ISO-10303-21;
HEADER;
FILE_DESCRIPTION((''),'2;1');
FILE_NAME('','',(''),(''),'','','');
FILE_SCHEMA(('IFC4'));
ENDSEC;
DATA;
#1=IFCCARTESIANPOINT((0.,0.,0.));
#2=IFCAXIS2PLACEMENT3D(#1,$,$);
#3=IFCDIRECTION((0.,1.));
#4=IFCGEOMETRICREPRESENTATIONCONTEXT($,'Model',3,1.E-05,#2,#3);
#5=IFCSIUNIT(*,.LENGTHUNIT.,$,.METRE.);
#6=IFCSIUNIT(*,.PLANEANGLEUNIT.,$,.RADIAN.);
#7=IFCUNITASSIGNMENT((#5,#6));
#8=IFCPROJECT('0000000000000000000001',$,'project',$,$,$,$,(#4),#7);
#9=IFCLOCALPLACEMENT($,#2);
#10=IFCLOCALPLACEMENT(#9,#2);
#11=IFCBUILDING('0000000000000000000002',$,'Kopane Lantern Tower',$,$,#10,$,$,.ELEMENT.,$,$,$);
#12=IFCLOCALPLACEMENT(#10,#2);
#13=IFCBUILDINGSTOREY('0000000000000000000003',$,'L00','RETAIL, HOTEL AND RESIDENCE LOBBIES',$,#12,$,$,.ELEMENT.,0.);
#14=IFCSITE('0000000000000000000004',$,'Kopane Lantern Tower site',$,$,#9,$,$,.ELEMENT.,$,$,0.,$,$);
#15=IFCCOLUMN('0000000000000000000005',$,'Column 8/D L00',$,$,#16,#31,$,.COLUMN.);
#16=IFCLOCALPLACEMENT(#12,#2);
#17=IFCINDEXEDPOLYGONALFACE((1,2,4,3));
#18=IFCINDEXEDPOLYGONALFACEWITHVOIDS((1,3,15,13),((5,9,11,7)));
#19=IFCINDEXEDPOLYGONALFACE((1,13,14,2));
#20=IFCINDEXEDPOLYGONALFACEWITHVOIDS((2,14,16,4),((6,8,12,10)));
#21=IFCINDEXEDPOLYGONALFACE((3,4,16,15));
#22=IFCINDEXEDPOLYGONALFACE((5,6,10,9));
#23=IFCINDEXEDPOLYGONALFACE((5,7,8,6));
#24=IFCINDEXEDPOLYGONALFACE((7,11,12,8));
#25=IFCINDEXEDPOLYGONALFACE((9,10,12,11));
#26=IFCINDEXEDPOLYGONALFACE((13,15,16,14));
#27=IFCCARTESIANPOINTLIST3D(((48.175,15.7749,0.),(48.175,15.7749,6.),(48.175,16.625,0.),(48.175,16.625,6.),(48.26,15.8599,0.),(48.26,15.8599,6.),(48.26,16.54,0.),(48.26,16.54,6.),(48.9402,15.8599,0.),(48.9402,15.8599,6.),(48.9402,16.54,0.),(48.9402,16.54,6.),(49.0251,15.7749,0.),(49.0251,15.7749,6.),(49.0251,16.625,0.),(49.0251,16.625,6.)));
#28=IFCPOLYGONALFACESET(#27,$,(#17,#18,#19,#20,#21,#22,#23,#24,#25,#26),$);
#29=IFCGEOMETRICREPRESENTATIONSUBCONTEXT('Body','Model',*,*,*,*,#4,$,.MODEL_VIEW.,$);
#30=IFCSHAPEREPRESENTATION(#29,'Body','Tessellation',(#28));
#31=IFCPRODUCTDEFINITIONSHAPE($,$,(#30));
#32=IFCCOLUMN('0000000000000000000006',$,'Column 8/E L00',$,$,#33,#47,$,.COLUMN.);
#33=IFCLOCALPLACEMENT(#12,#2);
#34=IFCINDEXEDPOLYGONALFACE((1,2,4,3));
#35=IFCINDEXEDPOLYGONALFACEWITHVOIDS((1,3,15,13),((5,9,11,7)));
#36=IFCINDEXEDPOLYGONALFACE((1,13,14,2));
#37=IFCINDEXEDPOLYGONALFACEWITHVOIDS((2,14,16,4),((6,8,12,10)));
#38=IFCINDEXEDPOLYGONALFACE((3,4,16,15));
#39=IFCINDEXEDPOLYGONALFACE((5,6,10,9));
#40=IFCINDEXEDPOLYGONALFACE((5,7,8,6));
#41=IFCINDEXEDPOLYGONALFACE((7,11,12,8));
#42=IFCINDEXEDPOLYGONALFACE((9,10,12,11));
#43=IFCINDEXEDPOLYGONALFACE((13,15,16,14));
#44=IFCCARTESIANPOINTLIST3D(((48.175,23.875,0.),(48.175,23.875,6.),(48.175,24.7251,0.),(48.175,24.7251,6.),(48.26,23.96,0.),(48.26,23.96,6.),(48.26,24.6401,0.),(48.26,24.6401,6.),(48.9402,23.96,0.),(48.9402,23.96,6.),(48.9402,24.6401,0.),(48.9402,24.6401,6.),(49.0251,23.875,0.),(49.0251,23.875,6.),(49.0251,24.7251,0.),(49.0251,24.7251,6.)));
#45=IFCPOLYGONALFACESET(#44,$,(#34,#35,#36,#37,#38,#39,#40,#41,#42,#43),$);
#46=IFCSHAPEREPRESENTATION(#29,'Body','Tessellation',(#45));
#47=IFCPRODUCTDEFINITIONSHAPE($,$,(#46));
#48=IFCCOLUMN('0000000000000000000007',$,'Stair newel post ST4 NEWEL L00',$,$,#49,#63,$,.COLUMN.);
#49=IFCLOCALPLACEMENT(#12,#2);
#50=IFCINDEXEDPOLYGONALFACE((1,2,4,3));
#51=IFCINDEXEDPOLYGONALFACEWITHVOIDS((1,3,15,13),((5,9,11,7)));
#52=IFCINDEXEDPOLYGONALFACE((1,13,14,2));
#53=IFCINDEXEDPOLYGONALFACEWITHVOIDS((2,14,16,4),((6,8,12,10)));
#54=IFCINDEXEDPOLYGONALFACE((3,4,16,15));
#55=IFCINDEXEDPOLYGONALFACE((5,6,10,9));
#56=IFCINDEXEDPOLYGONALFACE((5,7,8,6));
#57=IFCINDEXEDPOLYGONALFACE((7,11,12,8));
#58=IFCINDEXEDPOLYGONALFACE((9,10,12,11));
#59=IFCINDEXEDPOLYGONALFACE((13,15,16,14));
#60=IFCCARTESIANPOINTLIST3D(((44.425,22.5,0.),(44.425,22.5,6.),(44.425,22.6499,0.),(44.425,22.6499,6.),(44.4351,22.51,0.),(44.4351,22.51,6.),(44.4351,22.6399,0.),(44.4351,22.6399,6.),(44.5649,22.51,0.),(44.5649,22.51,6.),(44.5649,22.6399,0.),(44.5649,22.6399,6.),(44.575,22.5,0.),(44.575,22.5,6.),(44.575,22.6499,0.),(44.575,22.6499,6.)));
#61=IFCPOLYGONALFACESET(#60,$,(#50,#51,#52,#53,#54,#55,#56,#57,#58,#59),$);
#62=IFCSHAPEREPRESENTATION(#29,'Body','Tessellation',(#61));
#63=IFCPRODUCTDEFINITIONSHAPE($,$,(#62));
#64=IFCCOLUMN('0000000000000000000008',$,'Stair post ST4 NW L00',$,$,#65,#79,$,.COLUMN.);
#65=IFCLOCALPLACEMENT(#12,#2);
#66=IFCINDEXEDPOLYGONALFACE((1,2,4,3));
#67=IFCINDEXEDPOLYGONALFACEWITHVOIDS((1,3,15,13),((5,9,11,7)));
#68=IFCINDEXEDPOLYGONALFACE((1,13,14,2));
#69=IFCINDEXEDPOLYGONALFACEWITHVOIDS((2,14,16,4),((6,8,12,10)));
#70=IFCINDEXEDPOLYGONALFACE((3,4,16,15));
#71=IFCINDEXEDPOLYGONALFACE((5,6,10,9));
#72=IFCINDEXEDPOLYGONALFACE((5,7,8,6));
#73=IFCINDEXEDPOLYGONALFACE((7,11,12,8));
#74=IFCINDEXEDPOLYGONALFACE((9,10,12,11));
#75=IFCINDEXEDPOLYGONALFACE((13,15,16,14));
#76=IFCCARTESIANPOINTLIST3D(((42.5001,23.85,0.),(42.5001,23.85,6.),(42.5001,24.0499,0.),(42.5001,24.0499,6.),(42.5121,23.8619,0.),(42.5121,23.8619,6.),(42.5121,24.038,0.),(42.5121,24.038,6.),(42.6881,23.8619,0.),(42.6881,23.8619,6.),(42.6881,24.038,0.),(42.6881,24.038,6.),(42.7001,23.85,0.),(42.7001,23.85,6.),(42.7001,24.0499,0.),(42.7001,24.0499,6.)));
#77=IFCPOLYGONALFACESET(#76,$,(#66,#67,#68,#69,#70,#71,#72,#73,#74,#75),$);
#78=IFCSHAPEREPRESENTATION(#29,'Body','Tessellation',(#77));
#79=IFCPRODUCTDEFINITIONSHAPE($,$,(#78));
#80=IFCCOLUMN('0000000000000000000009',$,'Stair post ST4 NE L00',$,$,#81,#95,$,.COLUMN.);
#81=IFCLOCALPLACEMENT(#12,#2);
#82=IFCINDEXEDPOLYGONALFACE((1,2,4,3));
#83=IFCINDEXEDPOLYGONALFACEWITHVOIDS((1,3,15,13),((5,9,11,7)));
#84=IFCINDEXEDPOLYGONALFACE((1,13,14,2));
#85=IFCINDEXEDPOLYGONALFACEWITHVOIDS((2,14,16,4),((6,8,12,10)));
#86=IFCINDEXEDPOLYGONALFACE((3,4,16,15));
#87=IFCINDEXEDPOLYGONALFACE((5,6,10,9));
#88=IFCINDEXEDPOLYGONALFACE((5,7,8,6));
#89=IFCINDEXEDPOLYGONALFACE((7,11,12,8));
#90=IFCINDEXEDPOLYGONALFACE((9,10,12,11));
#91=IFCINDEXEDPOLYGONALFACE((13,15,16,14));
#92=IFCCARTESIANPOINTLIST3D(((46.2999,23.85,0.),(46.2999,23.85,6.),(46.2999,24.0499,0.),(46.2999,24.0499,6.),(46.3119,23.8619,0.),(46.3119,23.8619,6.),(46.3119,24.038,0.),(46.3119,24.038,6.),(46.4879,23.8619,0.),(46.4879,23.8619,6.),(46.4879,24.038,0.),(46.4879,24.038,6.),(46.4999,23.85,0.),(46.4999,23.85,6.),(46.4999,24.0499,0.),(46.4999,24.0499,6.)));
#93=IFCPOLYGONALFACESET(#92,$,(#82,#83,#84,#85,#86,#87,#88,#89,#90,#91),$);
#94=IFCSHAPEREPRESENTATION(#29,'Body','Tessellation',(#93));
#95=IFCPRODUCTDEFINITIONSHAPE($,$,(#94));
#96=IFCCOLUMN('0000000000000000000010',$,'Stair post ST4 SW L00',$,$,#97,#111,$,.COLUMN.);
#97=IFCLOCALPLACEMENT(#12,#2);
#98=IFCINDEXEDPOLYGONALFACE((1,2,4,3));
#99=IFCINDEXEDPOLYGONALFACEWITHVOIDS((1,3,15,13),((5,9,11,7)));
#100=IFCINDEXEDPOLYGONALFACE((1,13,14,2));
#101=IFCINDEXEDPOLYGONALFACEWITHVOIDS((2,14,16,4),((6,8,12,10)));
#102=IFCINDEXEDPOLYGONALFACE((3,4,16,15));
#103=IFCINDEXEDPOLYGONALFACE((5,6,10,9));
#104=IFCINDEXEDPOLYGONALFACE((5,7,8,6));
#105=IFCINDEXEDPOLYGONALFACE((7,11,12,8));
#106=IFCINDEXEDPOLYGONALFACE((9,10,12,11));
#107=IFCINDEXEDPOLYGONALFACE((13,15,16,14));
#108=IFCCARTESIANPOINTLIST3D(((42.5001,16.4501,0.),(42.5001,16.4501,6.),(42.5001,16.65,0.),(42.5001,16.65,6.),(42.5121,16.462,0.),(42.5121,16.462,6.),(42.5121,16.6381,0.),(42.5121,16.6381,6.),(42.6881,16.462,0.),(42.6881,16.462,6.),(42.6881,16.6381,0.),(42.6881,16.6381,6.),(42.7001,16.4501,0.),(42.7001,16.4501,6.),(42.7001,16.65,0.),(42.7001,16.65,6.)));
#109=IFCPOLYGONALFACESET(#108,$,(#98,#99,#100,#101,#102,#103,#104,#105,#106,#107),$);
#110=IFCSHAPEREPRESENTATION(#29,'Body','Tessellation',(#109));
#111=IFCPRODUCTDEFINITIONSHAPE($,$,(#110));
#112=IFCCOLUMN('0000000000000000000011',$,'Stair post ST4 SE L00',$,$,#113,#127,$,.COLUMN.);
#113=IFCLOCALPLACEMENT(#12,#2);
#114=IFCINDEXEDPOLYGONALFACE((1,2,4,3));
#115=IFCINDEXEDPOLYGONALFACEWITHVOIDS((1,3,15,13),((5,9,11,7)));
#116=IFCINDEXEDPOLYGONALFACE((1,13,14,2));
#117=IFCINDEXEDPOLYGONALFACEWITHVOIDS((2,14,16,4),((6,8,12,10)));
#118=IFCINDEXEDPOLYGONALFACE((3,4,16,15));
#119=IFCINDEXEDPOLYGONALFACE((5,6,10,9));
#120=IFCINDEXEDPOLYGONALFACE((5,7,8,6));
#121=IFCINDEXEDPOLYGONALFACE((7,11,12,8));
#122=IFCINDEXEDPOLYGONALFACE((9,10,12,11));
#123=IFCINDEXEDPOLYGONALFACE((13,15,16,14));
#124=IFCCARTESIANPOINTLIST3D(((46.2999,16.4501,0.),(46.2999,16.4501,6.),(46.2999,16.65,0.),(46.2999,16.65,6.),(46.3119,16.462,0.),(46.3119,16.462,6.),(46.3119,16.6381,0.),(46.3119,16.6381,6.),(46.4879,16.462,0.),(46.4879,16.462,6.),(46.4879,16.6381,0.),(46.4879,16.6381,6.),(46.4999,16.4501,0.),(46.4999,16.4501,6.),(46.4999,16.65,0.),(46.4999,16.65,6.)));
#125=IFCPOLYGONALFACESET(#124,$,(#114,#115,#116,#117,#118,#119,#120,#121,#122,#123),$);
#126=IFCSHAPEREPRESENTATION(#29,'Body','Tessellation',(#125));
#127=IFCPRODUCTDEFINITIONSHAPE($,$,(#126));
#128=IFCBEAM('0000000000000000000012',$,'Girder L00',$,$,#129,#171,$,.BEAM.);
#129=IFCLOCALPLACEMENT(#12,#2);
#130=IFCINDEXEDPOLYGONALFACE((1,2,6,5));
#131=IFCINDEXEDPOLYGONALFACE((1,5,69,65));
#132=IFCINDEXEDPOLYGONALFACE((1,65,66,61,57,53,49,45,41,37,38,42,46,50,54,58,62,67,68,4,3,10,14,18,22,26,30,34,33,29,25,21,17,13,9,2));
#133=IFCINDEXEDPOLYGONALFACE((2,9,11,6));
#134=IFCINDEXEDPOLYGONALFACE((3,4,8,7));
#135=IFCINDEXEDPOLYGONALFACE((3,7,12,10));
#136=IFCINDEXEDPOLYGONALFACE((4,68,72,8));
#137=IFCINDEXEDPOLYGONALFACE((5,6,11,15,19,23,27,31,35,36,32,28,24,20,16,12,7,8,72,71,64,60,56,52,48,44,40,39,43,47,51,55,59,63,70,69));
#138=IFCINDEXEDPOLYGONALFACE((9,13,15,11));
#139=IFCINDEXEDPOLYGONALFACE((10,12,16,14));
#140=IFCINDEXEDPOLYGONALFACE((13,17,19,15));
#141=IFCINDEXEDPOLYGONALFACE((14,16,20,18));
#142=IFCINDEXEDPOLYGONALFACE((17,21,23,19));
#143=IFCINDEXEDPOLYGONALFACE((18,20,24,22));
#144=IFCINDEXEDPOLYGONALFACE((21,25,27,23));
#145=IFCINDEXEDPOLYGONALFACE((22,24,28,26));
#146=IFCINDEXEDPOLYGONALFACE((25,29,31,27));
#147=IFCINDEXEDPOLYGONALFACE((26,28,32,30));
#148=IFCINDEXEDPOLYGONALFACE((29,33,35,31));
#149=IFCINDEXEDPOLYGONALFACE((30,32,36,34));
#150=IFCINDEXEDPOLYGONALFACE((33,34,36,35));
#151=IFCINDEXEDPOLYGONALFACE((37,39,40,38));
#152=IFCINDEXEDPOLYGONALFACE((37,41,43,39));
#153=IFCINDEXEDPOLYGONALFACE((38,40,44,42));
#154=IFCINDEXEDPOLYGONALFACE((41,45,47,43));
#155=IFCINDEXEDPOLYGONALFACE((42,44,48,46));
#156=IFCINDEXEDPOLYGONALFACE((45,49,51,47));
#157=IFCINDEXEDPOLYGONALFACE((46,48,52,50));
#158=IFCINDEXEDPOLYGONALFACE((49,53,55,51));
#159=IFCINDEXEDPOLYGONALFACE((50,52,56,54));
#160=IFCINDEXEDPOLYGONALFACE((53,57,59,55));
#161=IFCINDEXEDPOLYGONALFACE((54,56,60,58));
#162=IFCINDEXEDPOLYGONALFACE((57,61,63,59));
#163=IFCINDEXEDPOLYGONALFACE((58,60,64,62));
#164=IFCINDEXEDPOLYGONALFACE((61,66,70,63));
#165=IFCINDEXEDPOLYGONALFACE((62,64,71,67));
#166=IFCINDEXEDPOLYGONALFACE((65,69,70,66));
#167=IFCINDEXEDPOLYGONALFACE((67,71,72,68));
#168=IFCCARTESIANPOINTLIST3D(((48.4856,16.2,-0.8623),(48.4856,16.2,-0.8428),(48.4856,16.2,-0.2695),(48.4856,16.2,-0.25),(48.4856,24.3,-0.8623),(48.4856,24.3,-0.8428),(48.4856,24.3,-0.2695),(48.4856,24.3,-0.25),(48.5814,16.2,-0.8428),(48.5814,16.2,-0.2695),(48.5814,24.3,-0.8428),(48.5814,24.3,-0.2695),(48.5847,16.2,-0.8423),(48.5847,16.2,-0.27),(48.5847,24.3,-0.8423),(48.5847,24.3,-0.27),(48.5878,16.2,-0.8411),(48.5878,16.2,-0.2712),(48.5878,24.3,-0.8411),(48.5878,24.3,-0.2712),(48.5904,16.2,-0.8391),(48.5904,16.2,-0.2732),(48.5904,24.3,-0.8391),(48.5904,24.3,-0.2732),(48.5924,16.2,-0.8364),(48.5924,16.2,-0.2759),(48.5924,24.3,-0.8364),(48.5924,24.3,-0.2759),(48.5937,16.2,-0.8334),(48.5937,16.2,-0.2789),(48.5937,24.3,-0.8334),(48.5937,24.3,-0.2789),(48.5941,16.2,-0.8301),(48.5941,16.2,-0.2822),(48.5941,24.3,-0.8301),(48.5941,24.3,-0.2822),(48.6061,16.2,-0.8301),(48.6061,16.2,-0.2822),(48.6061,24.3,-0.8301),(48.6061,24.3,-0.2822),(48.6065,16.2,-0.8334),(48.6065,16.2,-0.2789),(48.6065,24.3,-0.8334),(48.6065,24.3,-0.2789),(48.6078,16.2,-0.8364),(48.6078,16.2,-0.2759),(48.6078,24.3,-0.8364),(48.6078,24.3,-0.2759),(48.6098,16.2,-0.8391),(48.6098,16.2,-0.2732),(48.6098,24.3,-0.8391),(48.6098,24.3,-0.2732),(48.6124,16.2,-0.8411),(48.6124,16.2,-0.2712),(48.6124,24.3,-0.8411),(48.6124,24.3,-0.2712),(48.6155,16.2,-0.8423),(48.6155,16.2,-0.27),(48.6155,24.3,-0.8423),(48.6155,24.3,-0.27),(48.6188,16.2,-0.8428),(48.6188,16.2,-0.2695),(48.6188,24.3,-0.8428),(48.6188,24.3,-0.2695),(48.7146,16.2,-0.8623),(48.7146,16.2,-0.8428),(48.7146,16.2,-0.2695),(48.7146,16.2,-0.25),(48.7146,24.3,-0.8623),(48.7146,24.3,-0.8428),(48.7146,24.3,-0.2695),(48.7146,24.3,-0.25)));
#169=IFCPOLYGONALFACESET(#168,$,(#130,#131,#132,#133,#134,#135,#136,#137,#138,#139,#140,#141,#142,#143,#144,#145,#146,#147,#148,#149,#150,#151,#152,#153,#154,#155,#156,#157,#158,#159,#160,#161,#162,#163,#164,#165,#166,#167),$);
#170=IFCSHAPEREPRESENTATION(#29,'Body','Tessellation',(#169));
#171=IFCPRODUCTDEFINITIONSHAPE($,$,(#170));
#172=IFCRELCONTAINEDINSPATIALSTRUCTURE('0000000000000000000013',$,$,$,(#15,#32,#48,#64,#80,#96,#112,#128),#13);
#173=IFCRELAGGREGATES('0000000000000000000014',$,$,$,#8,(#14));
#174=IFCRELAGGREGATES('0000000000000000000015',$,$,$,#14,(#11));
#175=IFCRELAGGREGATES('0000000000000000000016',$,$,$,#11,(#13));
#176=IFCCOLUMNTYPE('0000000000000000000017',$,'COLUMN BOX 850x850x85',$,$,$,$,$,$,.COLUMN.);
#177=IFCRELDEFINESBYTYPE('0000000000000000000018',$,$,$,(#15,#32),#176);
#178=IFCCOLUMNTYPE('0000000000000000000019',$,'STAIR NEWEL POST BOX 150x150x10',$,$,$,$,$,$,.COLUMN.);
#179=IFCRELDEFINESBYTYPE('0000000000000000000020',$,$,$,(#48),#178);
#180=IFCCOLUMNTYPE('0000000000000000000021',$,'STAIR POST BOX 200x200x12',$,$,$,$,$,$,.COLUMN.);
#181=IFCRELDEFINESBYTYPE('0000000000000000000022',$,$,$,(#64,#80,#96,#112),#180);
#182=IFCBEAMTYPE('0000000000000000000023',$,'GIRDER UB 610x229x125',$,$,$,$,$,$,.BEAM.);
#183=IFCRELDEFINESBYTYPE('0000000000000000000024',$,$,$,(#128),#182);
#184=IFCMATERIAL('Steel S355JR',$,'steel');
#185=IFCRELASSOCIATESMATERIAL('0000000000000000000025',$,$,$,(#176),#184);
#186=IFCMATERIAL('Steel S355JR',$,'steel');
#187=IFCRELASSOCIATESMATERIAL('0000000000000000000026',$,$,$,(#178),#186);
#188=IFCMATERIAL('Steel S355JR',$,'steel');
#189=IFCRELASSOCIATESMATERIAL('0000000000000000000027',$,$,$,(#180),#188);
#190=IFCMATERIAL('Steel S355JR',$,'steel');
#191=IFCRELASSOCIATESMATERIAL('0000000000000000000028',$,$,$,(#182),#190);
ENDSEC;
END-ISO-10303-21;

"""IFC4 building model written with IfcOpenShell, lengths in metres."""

from ifc_helpers import new_model, si_unit, direction, frame, origin, origin_2d, place, context, subcontext, project, spatial, hollow_rectangle, i_section, extrude, material, material_profile, profile_set, type_object, element, save


model = new_model("IFC4")

# Units and contexts
model_context = context("Model", 3, precision=1e-05, world=origin(), true_north=direction((0.0, 1.0)))
body_context = subcontext(model_context, "Body", "Model", "MODEL_VIEW")
ifc_project = project(units=[si_unit("LENGTHUNIT", "METRE"), si_unit("PLANEANGLEUNIT", "RADIAN")], contexts=[model_context])

# Site, building, storey
site_placement = place(None, origin())
site = spatial("IfcSite", under=ifc_project, at=site_placement, Name="Kopane Lantern Tower site", CompositionType="ELEMENT", RefElevation=0.0)
building_placement = place(site_placement, origin())
building = spatial("IfcBuilding", under=site, at=building_placement, Name="Kopane Lantern Tower", CompositionType="ELEMENT")
storey_placement = place(building_placement, origin())
storey = spatial("IfcBuildingStorey", under=building, at=storey_placement, Name="L00", Description="RETAIL, HOTEL AND RESIDENCE LOBBIES", CompositionType="ELEMENT", Elevation=0.0)

# Columns
ifc_material_1 = material(Name="Steel S355JR", Category="steel")
ifc_material_profile_1 = material_profile(ifc_material_1, hollow_rectangle(XDim=0.8501, YDim=0.8501, WallThickness=0.085, at=origin_2d()), Name="BOX 850x850x85")
ifc_profile_set_1 = profile_set([ifc_material_profile_1], Name="Steel S355JR")
column_type_1 = type_object("IfcColumnType", Name="COLUMN BOX 850x850x85", PredefinedType="COLUMN", material=ifc_profile_set_1)
for number, where, z_axis, x_axis, name in (
    (1, (48.6001, 16.2, 0.0), (0.0, 0.0, 1.0), (1.0, 0.0, 0.0), "Column 8/D L00"),
    (2, (48.6001, 24.3, 0.0), (0.0, 0.0, 1.0), (1.0, 0.0, 0.0), "Column 8/E L00"),
):
    element("IfcColumn", number, at=place(storey_placement, frame(where, z_axis=z_axis, x_axis=x_axis)), inside=storey, type_object=column_type_1, Name=name, PredefinedType="COLUMN", context=body_context, shape_type="SweptSolid", body=[
        extrude(hollow_rectangle(XDim=0.8501, YDim=0.8501, WallThickness=0.085, at=origin_2d()), origin(), (0.0, 0.0, 1.0), 6.0),
    ])
ifc_material_2 = material(Name="Steel S355JR", Category="steel")
ifc_material_profile_2 = material_profile(ifc_material_2, hollow_rectangle(XDim=0.1499, YDim=0.1499, WallThickness=0.01, at=origin_2d()), Name="BOX 150x150x10")
ifc_profile_set_2 = profile_set([ifc_material_profile_2], Name="Steel S355JR")
column_type_2 = type_object("IfcColumnType", Name="STAIR NEWEL POST BOX 150x150x10", PredefinedType="COLUMN", material=ifc_profile_set_2)
column_placement = place(storey_placement, frame((44.5, 22.575, 0.0), z_axis=(0.0, 0.0, 1.0), x_axis=(1.0, 0.0, 0.0)))
element("IfcColumn", 3, at=column_placement, inside=storey, type_object=column_type_2, Name="Stair newel post ST4 NEWEL L00", PredefinedType="COLUMN", context=body_context, shape_type="SweptSolid", body=[
    extrude(hollow_rectangle(XDim=0.1499, YDim=0.1499, WallThickness=0.01, at=origin_2d()), origin(), (0.0, 0.0, 1.0), 6.0),
])
ifc_material_3 = material(Name="Steel S355JR", Category="steel")
ifc_material_profile_3 = material_profile(ifc_material_3, hollow_rectangle(XDim=0.2, YDim=0.2, WallThickness=0.012, at=origin_2d()), Name="BOX 200x200x12")
ifc_profile_set_3 = profile_set([ifc_material_profile_3], Name="Steel S355JR")
column_type_3 = type_object("IfcColumnType", Name="STAIR POST BOX 200x200x12", PredefinedType="COLUMN", material=ifc_profile_set_3)
for number, where, z_axis, x_axis, name in (
    (4, (42.6001, 23.95, 0.0), (0.0, 0.0, 1.0), (1.0, 0.0, 0.0), "Stair post ST4 NW L00"),
    (5, (46.3999, 23.95, 0.0), (0.0, 0.0, 1.0), (1.0, 0.0, 0.0), "Stair post ST4 NE L00"),
    (6, (42.6001, 16.55, 0.0), (0.0, 0.0, 1.0), (1.0, 0.0, 0.0), "Stair post ST4 SW L00"),
    (7, (46.3999, 16.55, 0.0), (0.0, 0.0, 1.0), (1.0, 0.0, 0.0), "Stair post ST4 SE L00"),
):
    element("IfcColumn", number, at=place(storey_placement, frame(where, z_axis=z_axis, x_axis=x_axis)), inside=storey, type_object=column_type_3, Name=name, PredefinedType="COLUMN", context=body_context, shape_type="SweptSolid", body=[
        extrude(hollow_rectangle(XDim=0.2, YDim=0.2, WallThickness=0.012, at=origin_2d()), origin(), (0.0, 0.0, 1.0), 6.0),
    ])

# Beam
ifc_material_4 = material(Name="Steel S355JR", Category="steel")
ifc_material_profile_4 = material_profile(ifc_material_4, i_section(OverallWidth=0.229, OverallDepth=0.6123, WebThickness=0.012, FlangeThickness=0.0195, FilletRadius=0.0127, at=origin_2d()), Name="UB 610x229x125")
ifc_profile_set_4 = profile_set([ifc_material_profile_4], Name="Steel S355JR")
beam_type_1 = type_object("IfcBeamType", Name="GIRDER UB 610x229x125", PredefinedType="BEAM", material=ifc_profile_set_4)
beam_1_placement = place(storey_placement, frame((48.6001, 16.2, -0.5562), z_axis=(0.0, 1.0, 0.0), x_axis=(-1.0, 0.0, 0.0)))
element("IfcBeam", 8, at=beam_1_placement, inside=storey, type_object=beam_type_1, Name="Girder L00", PredefinedType="BEAM", context=body_context, shape_type="SweptSolid", body=[
    extrude(i_section(OverallWidth=0.229, OverallDepth=0.6123, WebThickness=0.012, FlangeThickness=0.0195, FilletRadius=0.0127, at=origin_2d()), origin(), (0.0, 0.0, 1.0), 8.1001),
])

save(model, "model.ifc")
